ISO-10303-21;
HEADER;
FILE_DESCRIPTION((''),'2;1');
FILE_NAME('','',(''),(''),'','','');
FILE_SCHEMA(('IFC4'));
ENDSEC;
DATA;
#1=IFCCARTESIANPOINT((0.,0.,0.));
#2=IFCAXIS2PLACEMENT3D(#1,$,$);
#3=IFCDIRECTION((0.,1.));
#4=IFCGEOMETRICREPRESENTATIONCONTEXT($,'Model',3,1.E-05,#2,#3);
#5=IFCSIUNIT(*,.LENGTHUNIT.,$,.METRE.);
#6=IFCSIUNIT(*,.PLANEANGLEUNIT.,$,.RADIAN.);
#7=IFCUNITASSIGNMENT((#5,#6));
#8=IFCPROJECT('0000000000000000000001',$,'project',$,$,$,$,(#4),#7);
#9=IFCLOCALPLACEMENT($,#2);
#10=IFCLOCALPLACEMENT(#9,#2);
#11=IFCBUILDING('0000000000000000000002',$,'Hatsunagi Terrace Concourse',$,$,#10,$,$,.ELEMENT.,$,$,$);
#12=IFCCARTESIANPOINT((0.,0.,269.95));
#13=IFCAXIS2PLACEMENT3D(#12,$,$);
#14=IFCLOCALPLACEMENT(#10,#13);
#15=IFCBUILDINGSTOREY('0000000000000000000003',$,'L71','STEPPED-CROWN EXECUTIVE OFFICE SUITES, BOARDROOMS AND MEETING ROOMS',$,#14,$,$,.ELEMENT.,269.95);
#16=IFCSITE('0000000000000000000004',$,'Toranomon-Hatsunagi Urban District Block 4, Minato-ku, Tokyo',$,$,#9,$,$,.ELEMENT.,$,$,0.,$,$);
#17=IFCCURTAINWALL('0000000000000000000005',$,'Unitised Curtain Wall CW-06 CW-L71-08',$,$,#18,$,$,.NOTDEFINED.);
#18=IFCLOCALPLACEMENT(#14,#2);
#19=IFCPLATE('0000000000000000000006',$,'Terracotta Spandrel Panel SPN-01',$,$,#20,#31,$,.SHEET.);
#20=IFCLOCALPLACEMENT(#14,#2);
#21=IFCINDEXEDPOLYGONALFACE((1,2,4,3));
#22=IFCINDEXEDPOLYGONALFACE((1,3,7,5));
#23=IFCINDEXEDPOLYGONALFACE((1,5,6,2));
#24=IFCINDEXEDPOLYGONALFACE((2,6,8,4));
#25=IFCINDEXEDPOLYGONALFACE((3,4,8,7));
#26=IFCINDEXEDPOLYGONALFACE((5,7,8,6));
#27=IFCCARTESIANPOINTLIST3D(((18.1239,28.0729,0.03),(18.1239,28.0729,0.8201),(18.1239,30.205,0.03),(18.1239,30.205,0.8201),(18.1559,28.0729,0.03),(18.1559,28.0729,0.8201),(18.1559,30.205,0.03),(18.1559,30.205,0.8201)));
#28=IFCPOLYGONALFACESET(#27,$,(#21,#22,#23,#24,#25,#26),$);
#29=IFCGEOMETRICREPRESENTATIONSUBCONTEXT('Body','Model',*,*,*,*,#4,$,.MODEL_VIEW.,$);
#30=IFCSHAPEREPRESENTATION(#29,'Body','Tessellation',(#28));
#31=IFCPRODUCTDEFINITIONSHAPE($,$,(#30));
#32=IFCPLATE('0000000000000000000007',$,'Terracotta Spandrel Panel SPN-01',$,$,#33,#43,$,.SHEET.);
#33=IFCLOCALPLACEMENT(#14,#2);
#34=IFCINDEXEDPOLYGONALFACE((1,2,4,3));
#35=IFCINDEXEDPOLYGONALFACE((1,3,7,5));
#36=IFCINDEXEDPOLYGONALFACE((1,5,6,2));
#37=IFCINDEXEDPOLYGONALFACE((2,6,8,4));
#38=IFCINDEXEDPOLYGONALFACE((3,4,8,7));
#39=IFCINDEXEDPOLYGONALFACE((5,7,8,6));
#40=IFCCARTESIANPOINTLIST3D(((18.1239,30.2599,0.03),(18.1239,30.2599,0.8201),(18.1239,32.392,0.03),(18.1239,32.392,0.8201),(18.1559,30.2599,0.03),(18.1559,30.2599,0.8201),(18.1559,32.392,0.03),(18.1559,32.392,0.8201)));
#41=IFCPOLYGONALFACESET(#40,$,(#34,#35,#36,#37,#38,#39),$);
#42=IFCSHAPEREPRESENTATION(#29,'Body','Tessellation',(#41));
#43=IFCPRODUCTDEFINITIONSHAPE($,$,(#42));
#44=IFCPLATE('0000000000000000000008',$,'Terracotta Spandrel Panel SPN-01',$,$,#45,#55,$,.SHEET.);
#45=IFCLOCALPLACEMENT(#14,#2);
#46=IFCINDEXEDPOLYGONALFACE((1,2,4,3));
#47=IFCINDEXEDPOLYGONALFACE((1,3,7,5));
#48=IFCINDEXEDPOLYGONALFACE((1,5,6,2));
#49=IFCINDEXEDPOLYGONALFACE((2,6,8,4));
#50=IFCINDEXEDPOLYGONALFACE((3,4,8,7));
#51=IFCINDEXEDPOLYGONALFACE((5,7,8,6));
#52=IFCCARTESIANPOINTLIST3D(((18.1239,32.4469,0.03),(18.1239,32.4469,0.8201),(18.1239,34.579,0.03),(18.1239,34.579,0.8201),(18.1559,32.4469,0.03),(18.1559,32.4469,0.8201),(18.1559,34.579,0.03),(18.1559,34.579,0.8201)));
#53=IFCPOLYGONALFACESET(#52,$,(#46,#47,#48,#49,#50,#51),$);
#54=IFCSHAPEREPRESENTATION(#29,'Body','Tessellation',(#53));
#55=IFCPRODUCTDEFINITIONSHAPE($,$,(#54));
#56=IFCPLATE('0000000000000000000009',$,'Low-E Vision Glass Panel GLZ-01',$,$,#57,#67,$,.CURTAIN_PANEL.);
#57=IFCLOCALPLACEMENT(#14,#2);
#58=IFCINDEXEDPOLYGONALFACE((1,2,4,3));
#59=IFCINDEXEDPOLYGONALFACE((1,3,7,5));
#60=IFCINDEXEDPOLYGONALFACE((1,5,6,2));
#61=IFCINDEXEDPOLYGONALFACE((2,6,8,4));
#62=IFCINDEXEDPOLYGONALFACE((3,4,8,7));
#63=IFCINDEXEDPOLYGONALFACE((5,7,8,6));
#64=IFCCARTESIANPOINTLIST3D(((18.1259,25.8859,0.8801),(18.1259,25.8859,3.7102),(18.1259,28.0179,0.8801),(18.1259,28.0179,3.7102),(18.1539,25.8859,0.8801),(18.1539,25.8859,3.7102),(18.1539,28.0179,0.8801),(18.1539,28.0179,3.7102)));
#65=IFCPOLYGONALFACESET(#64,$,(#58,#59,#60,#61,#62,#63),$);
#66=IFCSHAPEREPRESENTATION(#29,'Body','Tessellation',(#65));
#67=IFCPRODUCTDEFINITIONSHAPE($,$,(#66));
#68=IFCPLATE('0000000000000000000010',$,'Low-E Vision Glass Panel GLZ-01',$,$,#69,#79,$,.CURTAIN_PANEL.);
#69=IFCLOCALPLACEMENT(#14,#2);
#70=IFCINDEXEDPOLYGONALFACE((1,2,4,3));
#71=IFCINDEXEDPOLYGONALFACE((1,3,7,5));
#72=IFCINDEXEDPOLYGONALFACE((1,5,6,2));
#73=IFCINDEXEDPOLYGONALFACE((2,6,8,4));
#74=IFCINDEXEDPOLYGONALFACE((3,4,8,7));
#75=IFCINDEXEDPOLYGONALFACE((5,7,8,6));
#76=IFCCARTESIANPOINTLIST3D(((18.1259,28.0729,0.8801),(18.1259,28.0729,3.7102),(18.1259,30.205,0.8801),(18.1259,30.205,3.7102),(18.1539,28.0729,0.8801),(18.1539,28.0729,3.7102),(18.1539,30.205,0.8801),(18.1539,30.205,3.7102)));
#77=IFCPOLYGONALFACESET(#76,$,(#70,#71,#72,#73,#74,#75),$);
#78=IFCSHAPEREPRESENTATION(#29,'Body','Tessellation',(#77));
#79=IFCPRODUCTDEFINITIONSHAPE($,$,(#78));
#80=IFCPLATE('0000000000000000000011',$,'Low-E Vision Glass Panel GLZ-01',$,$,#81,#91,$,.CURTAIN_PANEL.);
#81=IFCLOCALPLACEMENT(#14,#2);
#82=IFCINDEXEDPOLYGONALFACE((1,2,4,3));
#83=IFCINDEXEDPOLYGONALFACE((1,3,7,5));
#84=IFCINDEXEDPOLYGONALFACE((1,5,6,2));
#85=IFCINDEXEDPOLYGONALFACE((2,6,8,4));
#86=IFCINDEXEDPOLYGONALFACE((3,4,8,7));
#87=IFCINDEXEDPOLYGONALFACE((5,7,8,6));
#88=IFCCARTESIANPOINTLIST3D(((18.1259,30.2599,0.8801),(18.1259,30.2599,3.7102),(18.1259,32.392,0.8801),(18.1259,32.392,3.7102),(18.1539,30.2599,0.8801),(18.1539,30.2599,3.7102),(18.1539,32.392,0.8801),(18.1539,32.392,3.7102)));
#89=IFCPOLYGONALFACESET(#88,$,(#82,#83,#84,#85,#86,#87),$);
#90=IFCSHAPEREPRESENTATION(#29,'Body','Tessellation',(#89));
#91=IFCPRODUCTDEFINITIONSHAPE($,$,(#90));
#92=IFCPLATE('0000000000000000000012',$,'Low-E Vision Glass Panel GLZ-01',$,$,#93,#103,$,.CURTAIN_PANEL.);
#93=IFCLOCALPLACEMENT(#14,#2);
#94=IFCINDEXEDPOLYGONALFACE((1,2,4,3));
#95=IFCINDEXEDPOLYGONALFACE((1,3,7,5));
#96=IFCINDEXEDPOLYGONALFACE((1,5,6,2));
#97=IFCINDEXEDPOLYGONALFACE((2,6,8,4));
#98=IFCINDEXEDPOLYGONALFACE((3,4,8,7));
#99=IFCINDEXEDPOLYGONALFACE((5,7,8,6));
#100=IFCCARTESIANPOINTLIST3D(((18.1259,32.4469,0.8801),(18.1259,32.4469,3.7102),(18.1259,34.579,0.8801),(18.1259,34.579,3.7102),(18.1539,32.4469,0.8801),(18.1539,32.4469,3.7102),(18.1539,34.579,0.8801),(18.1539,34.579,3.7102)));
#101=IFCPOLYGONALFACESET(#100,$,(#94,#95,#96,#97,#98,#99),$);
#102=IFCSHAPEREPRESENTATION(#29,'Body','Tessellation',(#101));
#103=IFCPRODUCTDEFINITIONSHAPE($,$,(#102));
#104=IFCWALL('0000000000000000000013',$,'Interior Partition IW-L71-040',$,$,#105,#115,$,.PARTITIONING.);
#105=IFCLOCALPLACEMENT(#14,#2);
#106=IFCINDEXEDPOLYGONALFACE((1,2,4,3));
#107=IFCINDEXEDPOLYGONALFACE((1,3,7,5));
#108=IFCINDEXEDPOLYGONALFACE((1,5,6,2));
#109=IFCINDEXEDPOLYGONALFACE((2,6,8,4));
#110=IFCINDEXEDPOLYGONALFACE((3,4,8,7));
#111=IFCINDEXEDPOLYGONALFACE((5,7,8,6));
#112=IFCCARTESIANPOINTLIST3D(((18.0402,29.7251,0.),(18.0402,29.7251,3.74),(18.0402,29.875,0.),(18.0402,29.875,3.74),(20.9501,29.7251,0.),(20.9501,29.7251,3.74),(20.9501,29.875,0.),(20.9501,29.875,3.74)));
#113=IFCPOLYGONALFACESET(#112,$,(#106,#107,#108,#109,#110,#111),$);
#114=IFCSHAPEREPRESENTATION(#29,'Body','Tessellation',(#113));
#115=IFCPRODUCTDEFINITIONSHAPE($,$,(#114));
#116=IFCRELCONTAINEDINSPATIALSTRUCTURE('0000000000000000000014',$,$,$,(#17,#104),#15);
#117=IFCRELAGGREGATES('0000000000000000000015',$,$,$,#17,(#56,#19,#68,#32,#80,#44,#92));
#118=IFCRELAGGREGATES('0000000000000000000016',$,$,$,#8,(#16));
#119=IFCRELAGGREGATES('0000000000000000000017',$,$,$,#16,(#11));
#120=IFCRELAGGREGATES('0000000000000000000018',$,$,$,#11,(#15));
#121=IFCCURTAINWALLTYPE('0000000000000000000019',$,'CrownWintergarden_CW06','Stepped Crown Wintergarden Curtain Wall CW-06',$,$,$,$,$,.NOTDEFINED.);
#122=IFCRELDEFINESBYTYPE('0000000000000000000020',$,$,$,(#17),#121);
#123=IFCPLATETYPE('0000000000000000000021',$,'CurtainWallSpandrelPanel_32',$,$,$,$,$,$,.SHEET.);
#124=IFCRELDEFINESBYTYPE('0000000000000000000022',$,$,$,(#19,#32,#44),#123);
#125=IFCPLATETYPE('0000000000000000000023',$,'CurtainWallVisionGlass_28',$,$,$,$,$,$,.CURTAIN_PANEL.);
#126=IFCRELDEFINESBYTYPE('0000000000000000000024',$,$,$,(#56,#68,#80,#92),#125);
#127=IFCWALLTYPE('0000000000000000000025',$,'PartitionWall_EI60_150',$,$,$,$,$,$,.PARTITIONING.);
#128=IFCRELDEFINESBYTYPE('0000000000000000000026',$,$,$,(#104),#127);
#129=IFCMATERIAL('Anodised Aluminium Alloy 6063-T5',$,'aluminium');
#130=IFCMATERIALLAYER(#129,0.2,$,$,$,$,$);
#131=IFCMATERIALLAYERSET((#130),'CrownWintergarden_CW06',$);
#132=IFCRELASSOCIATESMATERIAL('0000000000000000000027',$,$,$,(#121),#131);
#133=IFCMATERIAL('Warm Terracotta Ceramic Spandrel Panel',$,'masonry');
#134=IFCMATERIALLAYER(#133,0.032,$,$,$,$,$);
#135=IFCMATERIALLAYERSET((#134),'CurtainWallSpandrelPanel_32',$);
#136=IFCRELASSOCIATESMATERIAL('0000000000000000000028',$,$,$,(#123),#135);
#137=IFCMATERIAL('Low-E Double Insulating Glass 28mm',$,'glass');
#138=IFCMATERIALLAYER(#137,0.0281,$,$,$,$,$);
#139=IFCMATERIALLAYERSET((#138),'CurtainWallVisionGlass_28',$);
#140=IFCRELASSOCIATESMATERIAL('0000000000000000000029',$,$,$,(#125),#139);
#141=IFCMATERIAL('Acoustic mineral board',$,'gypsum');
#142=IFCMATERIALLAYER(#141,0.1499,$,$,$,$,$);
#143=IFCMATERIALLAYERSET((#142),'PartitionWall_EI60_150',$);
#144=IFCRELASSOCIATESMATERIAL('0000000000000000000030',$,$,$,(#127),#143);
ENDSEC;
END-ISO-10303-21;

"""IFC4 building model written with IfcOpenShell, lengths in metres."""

from ifc_helpers import new_model, si_unit, direction, frame, frame_2d, origin, origin_2d, place, context, subcontext, project, spatial, rectangle, extrude, material, layer, layer_set, type_object, element, aggregate, save


model = new_model("IFC4")

# Units and contexts
model_context = context("Model", 3, precision=1e-05, world=origin(), true_north=direction((0.0, 1.0)))
body_context = subcontext(model_context, "Body", "Model", "MODEL_VIEW")
ifc_project = project(units=[si_unit("LENGTHUNIT", "METRE"), si_unit("PLANEANGLEUNIT", "RADIAN")], contexts=[model_context])

# Site, building, storey
site_placement = place(None, origin())
site = spatial("IfcSite", under=ifc_project, at=site_placement, Name="Toranomon-Hatsunagi Urban District Block 4, Minato-ku, Tokyo", CompositionType="ELEMENT", RefElevation=0.0)
building_placement = place(site_placement, origin())
building = spatial("IfcBuilding", under=site, at=building_placement, Name="Hatsunagi Terrace Concourse", CompositionType="ELEMENT")
storey_placement = place(building_placement, frame((0.0, 0.0, 269.95)))
storey = spatial("IfcBuildingStorey", under=building, at=storey_placement, Name="L71", Description="STEPPED-CROWN EXECUTIVE OFFICE SUITES, BOARDROOMS AND MEETING ROOMS", CompositionType="ELEMENT", Elevation=269.95)

# Curtain wall
ifc_material_1 = material(Name="Anodised Aluminium Alloy 6063-T5", Category="aluminium")
ifc_layer_1 = layer(ifc_material_1, 0.2)
ifc_layer_set_1 = layer_set([ifc_layer_1], Name="CrownWintergarden_CW06")
curtain_wall_type = type_object("IfcCurtainWallType", Name="CrownWintergarden_CW06", Description="Stepped Crown Wintergarden Curtain Wall CW-06", PredefinedType="NOTDEFINED", material=ifc_layer_set_1)
curtain_wall_placement = place(storey_placement, origin())
curtain_wall = element("IfcCurtainWall", 1, at=curtain_wall_placement, inside=storey, type_object=curtain_wall_type, Name="Unitised Curtain Wall CW-06 CW-L71-08", PredefinedType="NOTDEFINED")

# Plates
ifc_material_2 = material(Name="Warm Terracotta Ceramic Spandrel Panel", Category="masonry")
ifc_layer_2 = layer(ifc_material_2, 0.032)
ifc_layer_set_2 = layer_set([ifc_layer_2], Name="CurtainWallSpandrelPanel_32")
plate_type_1 = type_object("IfcPlateType", Name="CurtainWallSpandrelPanel_32", PredefinedType="SHEET", material=ifc_layer_set_2)
plate_1_placement = place(storey_placement, frame((18.1399, 29.1389, 0.03), z_axis=(0.0, 0.0, 1.0), x_axis=(0.0, 1.0, 0.0)))
plate_1 = element("IfcPlate", 2, at=plate_1_placement, type_object=plate_type_1, Name="Terracotta Spandrel Panel SPN-01", PredefinedType="SHEET", context=body_context, shape_type="SweptSolid", body=[
    extrude(rectangle(XDim=2.1321, YDim=0.032, at=origin_2d()), origin(), (0.0, 0.0, 1.0), 0.79),
])
plate_2_placement = place(storey_placement, frame((18.1399, 31.3259, 0.03), z_axis=(0.0, 0.0, 1.0), x_axis=(0.0, 1.0, 0.0)))
plate_2 = element("IfcPlate", 3, at=plate_2_placement, type_object=plate_type_1, Name="Terracotta Spandrel Panel SPN-01", PredefinedType="SHEET", context=body_context, shape_type="SweptSolid", body=[
    extrude(rectangle(XDim=2.1321, YDim=0.032, at=origin_2d()), origin(), (0.0, 0.0, 1.0), 0.79),
])
plate_3_placement = place(storey_placement, frame((18.1399, 33.5129, 0.03), z_axis=(0.0, 0.0, 1.0), x_axis=(0.0, 1.0, 0.0)))
plate_3 = element("IfcPlate", 4, at=plate_3_placement, type_object=plate_type_1, Name="Terracotta Spandrel Panel SPN-01", PredefinedType="SHEET", context=body_context, shape_type="SweptSolid", body=[
    extrude(rectangle(XDim=2.1321, YDim=0.032, at=origin_2d()), origin(), (0.0, 0.0, 1.0), 0.79),
])
ifc_material_3 = material(Name="Low-E Double Insulating Glass 28mm", Category="glass")
ifc_layer_3 = layer(ifc_material_3, 0.0281)
ifc_layer_set_3 = layer_set([ifc_layer_3], Name="CurtainWallVisionGlass_28")
plate_type_2 = type_object("IfcPlateType", Name="CurtainWallVisionGlass_28", PredefinedType="CURTAIN_PANEL", material=ifc_layer_set_3)
plate_4_placement = place(storey_placement, frame((18.1399, 26.9519, 0.8801), z_axis=(0.0, 0.0, 1.0), x_axis=(0.0, 1.0, 0.0)))
plate_4 = element("IfcPlate", 5, at=plate_4_placement, type_object=plate_type_2, Name="Low-E Vision Glass Panel GLZ-01", PredefinedType="CURTAIN_PANEL", context=body_context, shape_type="SweptSolid", body=[
    extrude(rectangle(XDim=2.1321, YDim=0.0281, at=origin_2d()), origin(), (0.0, 0.0, 1.0), 2.8301),
])
plate_5_placement = place(storey_placement, frame((18.1399, 29.1389, 0.8801), z_axis=(0.0, 0.0, 1.0), x_axis=(0.0, 1.0, 0.0)))
plate_5 = element("IfcPlate", 6, at=plate_5_placement, type_object=plate_type_2, Name="Low-E Vision Glass Panel GLZ-01", PredefinedType="CURTAIN_PANEL", context=body_context, shape_type="SweptSolid", body=[
    extrude(rectangle(XDim=2.1321, YDim=0.0281, at=origin_2d()), origin(), (0.0, 0.0, 1.0), 2.8301),
])
plate_6_placement = place(storey_placement, frame((18.1399, 31.3259, 0.8801), z_axis=(0.0, 0.0, 1.0), x_axis=(0.0, 1.0, 0.0)))
plate_6 = element("IfcPlate", 7, at=plate_6_placement, type_object=plate_type_2, Name="Low-E Vision Glass Panel GLZ-01", PredefinedType="CURTAIN_PANEL", context=body_context, shape_type="SweptSolid", body=[
    extrude(rectangle(XDim=2.1321, YDim=0.0281, at=origin_2d()), origin(), (0.0, 0.0, 1.0), 2.8301),
])
plate_7_placement = place(storey_placement, frame((18.1399, 33.5129, 0.8801), z_axis=(0.0, 0.0, 1.0), x_axis=(0.0, 1.0, 0.0)))
plate_7 = element("IfcPlate", 8, at=plate_7_placement, type_object=plate_type_2, Name="Low-E Vision Glass Panel GLZ-01", PredefinedType="CURTAIN_PANEL", context=body_context, shape_type="SweptSolid", body=[
    extrude(rectangle(XDim=2.1321, YDim=0.0281, at=origin_2d()), origin(), (0.0, 0.0, 1.0), 2.8301),
])
aggregate(curtain_wall, [plate_4, plate_1, plate_5, plate_2, plate_6, plate_3, plate_7])

# Wall
ifc_material_4 = material(Name="Acoustic mineral board", Category="gypsum")
ifc_layer_4 = layer(ifc_material_4, 0.1499)
ifc_layer_set_4 = layer_set([ifc_layer_4], Name="PartitionWall_EI60_150")
wall_type = type_object("IfcWallType", Name="PartitionWall_EI60_150", PredefinedType="PARTITIONING", material=ifc_layer_set_4)
wall_placement = place(storey_placement, frame((18.04, 29.8, 0.0), z_axis=(0.0, 0.0, 1.0), x_axis=(1.0, 0.0, 0.0)))
element("IfcWall", 9, at=wall_placement, inside=storey, type_object=wall_type, Name="Interior Partition IW-L71-040", PredefinedType="PARTITIONING", context=body_context, shape_type="SweptSolid", body=[
    extrude(rectangle(XDim=2.9099, YDim=0.1499, at=frame_2d((1.4551, 0.0))), origin(), (0.0, 0.0, 1.0), 3.74),
])

save(model, "model.ifc")
